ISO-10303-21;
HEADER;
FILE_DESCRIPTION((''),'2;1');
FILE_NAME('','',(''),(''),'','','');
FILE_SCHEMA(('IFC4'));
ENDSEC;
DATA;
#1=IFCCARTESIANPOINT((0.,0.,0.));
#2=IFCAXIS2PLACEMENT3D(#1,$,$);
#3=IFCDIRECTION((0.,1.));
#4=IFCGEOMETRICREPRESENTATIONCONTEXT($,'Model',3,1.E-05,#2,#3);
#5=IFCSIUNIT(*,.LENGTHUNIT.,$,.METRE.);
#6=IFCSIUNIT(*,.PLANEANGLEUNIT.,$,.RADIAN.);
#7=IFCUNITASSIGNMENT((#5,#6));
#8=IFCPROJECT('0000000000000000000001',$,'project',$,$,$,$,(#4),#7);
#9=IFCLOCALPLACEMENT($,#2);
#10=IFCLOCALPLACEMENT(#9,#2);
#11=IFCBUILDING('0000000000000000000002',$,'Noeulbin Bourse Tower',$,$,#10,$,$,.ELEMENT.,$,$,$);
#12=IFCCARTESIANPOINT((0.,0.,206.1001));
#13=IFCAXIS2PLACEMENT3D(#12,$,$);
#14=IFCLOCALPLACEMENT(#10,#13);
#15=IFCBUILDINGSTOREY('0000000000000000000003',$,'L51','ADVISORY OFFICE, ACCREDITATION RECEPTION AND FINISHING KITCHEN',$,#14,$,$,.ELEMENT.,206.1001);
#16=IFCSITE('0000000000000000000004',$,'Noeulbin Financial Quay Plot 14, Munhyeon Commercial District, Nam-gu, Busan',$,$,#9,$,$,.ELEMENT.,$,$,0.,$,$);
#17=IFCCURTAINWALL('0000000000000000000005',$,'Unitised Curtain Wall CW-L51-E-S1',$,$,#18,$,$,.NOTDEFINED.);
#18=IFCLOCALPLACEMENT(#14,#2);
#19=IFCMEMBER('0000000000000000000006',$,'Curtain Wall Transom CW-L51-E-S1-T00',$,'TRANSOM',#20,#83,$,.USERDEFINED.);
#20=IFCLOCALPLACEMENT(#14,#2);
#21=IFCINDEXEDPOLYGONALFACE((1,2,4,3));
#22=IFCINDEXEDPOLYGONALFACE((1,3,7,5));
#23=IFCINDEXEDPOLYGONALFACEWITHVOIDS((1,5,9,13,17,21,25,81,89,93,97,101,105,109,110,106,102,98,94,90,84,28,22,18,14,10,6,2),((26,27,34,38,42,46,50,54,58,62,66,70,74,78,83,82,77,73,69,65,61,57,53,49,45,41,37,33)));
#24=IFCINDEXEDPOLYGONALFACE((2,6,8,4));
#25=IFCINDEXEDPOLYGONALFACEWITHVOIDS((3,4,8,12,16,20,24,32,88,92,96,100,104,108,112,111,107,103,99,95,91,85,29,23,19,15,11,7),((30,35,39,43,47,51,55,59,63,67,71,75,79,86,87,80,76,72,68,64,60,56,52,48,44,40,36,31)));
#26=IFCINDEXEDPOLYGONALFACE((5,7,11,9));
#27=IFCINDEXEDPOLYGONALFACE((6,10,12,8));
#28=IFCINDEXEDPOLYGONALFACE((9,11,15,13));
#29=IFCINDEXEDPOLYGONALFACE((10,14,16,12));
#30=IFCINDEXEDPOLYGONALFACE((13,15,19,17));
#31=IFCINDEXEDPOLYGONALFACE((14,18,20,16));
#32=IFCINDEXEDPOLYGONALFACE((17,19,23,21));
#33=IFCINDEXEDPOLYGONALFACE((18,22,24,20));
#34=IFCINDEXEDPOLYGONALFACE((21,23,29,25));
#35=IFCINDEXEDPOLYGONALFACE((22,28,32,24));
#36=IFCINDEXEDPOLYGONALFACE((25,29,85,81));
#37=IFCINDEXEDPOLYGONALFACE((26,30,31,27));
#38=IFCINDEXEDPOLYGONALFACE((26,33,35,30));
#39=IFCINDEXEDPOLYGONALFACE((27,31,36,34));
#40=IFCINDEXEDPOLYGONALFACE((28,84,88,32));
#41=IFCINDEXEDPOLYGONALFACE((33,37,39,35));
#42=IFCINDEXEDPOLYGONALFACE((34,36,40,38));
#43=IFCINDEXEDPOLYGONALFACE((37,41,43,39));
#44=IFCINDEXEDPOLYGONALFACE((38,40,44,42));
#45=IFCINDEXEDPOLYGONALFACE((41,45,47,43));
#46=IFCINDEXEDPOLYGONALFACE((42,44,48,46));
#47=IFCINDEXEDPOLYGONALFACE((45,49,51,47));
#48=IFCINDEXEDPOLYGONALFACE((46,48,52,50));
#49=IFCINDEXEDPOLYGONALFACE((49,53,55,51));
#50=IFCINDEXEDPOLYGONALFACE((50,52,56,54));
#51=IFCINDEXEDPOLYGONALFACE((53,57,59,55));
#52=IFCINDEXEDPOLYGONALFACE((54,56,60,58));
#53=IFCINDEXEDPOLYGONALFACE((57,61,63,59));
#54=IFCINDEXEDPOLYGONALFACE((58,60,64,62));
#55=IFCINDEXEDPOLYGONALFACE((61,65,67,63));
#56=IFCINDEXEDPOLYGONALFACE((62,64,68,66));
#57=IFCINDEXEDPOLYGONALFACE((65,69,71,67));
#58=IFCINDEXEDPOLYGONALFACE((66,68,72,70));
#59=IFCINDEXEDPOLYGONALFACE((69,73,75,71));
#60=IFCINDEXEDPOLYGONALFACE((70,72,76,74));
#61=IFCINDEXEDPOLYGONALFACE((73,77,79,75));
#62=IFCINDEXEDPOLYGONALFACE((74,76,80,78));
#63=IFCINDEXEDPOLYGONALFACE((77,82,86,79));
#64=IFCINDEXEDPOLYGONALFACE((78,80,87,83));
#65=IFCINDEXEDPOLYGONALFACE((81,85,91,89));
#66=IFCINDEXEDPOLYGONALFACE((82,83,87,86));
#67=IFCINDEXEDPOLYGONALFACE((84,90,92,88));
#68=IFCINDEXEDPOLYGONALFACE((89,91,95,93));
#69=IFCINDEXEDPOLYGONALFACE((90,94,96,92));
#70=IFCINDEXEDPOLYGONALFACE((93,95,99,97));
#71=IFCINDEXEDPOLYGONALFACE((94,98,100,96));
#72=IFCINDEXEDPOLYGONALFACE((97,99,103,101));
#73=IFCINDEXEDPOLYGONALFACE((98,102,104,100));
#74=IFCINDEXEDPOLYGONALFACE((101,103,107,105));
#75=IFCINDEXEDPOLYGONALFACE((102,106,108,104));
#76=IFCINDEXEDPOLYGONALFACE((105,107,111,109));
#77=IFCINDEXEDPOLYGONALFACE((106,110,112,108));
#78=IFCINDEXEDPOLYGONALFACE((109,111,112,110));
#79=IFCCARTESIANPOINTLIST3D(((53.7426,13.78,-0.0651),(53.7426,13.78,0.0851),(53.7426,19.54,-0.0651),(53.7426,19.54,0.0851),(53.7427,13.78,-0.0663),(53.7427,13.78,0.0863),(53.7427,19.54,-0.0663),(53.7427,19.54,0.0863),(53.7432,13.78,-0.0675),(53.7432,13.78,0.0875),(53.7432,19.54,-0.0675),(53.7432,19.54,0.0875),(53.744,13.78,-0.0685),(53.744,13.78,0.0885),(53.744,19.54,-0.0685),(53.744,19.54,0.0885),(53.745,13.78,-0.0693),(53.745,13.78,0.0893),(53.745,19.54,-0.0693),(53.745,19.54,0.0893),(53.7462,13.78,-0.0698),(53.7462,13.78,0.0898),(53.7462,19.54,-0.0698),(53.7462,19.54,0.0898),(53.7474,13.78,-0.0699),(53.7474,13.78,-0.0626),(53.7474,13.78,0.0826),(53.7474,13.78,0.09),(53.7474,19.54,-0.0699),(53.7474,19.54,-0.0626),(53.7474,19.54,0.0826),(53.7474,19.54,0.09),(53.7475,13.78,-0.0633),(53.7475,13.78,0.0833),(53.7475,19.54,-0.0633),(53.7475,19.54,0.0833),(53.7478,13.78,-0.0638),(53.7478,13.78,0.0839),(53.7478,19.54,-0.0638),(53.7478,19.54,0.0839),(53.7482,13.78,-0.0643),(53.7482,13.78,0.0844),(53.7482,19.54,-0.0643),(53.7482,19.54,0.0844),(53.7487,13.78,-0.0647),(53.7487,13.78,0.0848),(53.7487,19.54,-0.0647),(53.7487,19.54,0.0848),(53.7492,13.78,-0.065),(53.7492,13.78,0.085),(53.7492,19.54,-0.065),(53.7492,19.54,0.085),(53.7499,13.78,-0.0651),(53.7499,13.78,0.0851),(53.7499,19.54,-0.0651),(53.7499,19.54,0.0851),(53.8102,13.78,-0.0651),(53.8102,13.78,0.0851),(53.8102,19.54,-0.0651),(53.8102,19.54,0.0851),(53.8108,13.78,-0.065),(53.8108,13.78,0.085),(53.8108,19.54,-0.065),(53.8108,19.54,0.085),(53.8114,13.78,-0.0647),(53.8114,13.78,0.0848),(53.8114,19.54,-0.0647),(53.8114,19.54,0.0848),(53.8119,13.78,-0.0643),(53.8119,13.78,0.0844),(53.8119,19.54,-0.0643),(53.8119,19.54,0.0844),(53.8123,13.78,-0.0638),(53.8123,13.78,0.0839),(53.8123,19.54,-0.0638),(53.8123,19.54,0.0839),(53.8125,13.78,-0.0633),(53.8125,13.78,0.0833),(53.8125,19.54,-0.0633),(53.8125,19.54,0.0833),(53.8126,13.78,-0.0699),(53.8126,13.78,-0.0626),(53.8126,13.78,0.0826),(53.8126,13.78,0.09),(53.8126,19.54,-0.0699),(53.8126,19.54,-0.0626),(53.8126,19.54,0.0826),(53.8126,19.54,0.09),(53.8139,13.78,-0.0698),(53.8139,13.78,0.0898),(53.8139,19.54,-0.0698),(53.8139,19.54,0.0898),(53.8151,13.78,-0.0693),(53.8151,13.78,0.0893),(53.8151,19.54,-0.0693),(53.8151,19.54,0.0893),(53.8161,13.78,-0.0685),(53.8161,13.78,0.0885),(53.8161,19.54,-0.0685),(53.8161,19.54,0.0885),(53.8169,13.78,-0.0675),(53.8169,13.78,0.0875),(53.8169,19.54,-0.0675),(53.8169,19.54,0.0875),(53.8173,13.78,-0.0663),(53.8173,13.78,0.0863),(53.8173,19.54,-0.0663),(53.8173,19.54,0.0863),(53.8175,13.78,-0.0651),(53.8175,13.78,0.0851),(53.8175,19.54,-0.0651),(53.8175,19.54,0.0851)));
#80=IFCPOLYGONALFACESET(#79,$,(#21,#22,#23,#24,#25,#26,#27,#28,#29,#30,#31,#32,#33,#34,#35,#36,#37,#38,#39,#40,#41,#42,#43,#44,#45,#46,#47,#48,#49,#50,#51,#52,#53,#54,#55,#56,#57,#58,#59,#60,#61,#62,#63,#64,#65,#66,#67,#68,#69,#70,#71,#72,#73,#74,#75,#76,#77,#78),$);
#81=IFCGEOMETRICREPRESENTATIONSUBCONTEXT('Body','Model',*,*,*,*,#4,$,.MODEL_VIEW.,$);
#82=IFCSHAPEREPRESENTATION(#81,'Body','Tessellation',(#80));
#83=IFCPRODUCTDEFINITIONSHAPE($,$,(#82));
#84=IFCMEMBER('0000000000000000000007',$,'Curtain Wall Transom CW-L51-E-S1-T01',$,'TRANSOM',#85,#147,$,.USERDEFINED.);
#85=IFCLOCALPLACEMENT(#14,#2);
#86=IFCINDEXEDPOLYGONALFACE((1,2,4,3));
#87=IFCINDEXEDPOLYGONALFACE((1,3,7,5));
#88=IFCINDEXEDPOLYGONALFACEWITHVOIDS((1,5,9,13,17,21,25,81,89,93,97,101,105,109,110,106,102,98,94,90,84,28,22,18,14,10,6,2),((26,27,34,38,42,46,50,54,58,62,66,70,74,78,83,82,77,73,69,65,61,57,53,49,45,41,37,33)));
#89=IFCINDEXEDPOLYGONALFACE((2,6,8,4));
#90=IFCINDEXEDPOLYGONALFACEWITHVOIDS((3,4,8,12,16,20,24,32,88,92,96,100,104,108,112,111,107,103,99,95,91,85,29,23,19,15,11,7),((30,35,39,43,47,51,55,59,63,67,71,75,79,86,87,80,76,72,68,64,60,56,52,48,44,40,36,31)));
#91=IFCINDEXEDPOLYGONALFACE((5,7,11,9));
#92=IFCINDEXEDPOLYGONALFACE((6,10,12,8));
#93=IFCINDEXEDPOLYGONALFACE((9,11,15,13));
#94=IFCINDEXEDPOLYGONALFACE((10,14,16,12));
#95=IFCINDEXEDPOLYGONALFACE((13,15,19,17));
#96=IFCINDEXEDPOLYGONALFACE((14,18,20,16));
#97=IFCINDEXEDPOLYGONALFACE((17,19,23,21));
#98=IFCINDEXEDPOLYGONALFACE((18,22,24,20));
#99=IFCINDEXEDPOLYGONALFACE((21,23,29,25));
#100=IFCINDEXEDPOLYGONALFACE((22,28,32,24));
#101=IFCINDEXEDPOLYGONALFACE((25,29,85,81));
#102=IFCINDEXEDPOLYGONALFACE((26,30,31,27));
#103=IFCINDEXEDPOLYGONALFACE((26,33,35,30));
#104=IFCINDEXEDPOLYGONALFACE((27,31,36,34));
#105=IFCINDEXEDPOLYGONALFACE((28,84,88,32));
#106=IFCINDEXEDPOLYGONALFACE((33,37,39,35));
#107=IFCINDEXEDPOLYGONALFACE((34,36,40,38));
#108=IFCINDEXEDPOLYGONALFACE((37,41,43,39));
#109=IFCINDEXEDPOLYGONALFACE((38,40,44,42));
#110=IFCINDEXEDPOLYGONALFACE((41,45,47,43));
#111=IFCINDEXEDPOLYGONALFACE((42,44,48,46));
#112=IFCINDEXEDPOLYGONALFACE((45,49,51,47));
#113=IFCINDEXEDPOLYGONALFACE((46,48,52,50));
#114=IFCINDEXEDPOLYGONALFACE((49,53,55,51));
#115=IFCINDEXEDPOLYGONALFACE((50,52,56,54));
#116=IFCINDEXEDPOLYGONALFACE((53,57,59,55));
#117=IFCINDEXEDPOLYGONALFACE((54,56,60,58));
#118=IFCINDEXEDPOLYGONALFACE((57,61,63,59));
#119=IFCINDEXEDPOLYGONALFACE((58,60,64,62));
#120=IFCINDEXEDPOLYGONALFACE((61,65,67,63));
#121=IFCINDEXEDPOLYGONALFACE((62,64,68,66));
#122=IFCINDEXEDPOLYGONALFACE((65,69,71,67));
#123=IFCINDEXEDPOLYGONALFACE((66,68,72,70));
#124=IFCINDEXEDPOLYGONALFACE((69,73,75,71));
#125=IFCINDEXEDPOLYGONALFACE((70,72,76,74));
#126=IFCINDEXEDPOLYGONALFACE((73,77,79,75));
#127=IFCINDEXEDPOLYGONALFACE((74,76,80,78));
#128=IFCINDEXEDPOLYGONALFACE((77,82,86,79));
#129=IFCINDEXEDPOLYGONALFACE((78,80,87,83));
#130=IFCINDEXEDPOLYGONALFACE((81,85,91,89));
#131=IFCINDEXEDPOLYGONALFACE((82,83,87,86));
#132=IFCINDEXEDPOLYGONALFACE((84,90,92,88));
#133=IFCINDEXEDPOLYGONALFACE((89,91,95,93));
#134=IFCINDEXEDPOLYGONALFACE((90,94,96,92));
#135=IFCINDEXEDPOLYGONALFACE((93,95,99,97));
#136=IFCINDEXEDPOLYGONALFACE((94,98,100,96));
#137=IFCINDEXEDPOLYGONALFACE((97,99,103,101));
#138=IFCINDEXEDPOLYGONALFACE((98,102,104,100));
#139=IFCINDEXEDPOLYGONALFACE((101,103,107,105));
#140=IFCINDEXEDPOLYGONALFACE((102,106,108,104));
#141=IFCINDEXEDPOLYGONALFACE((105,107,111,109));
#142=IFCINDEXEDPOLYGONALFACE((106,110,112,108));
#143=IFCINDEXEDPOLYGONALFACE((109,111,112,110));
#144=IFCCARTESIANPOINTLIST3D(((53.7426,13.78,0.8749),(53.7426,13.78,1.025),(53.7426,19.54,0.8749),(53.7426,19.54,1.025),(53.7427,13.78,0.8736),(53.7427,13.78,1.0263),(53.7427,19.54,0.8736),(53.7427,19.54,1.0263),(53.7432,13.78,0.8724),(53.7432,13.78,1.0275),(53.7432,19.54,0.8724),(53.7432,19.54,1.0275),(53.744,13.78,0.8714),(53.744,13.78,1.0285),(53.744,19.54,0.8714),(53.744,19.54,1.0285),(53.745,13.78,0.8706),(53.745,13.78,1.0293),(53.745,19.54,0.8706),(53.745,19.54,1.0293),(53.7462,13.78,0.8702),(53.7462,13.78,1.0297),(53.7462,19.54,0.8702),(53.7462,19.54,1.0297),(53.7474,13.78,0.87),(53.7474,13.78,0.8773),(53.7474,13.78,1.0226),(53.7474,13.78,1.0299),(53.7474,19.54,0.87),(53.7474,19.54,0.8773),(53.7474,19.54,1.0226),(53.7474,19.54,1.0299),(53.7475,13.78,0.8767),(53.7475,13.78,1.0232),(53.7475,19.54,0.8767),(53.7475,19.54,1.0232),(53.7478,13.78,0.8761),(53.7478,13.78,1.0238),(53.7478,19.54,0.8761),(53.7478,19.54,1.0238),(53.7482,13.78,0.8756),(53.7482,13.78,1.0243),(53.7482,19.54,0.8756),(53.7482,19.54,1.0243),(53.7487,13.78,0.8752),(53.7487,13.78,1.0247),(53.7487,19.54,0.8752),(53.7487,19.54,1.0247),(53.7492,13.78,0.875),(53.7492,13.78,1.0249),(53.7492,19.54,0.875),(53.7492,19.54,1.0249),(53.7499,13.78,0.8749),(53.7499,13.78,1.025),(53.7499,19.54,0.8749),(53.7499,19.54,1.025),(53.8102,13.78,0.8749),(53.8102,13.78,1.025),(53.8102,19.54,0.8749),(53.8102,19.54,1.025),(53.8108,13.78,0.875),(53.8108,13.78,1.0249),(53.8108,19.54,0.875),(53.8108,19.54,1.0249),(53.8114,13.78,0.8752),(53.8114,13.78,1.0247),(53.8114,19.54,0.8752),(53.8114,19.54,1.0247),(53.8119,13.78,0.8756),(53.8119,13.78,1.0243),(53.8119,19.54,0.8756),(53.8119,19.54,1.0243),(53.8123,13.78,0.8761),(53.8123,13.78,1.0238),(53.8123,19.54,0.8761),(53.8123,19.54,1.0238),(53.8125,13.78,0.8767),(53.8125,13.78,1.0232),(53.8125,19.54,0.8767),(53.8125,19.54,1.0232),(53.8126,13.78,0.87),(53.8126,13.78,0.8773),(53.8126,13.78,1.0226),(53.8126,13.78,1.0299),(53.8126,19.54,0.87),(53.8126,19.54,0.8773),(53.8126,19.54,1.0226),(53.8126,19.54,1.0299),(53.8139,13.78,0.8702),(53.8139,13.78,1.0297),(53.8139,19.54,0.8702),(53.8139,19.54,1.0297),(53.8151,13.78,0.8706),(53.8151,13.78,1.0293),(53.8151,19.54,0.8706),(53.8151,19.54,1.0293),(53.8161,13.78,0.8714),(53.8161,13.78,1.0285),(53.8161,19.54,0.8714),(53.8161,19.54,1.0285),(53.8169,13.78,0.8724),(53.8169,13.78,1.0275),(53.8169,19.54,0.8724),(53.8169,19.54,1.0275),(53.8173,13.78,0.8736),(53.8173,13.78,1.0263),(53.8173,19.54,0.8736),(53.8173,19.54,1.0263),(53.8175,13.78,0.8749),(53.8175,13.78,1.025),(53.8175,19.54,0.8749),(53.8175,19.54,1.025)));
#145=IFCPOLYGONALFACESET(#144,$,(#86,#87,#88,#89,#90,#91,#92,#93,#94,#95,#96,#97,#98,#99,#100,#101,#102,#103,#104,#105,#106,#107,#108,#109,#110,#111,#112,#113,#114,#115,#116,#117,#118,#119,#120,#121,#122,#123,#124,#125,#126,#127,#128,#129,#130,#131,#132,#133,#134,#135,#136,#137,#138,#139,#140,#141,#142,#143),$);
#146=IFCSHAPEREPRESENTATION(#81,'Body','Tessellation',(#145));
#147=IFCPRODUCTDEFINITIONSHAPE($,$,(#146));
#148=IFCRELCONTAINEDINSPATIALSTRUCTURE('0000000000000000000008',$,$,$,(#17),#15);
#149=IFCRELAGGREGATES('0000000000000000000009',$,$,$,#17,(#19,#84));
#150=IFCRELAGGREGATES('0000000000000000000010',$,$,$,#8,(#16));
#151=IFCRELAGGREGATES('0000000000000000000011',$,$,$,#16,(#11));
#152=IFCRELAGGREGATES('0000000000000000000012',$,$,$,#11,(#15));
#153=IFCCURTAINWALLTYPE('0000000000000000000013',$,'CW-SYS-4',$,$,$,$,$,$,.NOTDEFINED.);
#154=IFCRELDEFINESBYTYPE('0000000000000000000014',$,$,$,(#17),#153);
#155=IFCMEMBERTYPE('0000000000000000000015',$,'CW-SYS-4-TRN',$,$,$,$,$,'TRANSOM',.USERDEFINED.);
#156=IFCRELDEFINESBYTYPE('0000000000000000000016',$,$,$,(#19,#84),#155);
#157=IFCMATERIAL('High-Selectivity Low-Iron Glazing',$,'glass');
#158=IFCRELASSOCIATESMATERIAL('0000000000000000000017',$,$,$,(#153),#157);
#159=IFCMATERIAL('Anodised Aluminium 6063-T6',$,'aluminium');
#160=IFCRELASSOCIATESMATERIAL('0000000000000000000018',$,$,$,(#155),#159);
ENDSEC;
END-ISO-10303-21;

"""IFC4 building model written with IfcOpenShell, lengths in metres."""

from ifc_helpers import new_model, si_unit, direction, frame, origin, origin_2d, place, context, subcontext, project, spatial, hollow_rectangle, extrude, material, material_profile, profile_set, type_object, element, aggregate, save


model = new_model("IFC4")

# Units and contexts
model_context = context("Model", 3, precision=1e-05, world=origin(), true_north=direction((0.0, 1.0)))
body_context = subcontext(model_context, "Body", "Model", "MODEL_VIEW")
ifc_project = project(units=[si_unit("LENGTHUNIT", "METRE"), si_unit("PLANEANGLEUNIT", "RADIAN")], contexts=[model_context])

# Site, building, storey
site_placement = place(None, origin())
site = spatial("IfcSite", under=ifc_project, at=site_placement, Name="Noeulbin Financial Quay Plot 14, Munhyeon Commercial District, Nam-gu, Busan", CompositionType="ELEMENT", RefElevation=0.0)
building_placement = place(site_placement, origin())
building = spatial("IfcBuilding", under=site, at=building_placement, Name="Noeulbin Bourse Tower", CompositionType="ELEMENT")
storey_placement = place(building_placement, frame((0.0, 0.0, 206.1001)))
storey = spatial("IfcBuildingStorey", under=building, at=storey_placement, Name="L51", Description="ADVISORY OFFICE, ACCREDITATION RECEPTION AND FINISHING KITCHEN", CompositionType="ELEMENT", Elevation=206.1001)

# Curtain wall
ifc_material_1 = material(Name="High-Selectivity Low-Iron Glazing", Category="glass")
curtain_wall_type = type_object("IfcCurtainWallType", Name="CW-SYS-4", PredefinedType="NOTDEFINED", material=ifc_material_1)
ifc_material_2 = material(Name="Anodised Aluminium 6063-T6", Category="aluminium")
curtain_wall_1_placement = place(storey_placement, origin())
curtain_wall_1 = element("IfcCurtainWall", 1, at=curtain_wall_1_placement, inside=storey, type_object=curtain_wall_type, Name="Unitised Curtain Wall CW-L51-E-S1", PredefinedType="NOTDEFINED")

# Members
ifc_material_profile_1 = material_profile(ifc_material_2, hollow_rectangle(XDim=0.075, YDim=0.1599, WallThickness=0.0049, InnerFilletRadius=0.0024, OuterFilletRadius=0.0049, at=origin_2d()), Name="ALU-TRAN-75x160x5", Category="LoadBearing")
ifc_profile_set_1 = profile_set([ifc_material_profile_1], Name="Anodised Aluminium 6063-T6")
member_type_1 = type_object("IfcMemberType", Name="CW-SYS-4-TRN", ElementType="TRANSOM", PredefinedType="USERDEFINED", material=ifc_profile_set_1)
member_1_placement = place(storey_placement, frame((53.78, 13.78, 0.01), z_axis=(0.0, 1.0, 0.0), x_axis=(-1.0, 0.0, 0.0)))
member_1 = element("IfcMember", 2, at=member_1_placement, type_object=member_type_1, Name="Curtain Wall Transom CW-L51-E-S1-T00", ObjectType="TRANSOM", PredefinedType="USERDEFINED", context=body_context, shape_type="SweptSolid", body=[
    extrude(hollow_rectangle(XDim=0.075, YDim=0.1599, WallThickness=0.0049, InnerFilletRadius=0.0024, OuterFilletRadius=0.0049, at=origin_2d()), origin(), (0.0, 0.0, 1.0), 5.76),
])
member_2_placement = place(storey_placement, frame((53.78, 13.78, 0.95), z_axis=(0.0, 1.0, 0.0), x_axis=(-1.0, 0.0, 0.0)))
member_2 = element("IfcMember", 3, at=member_2_placement, type_object=member_type_1, Name="Curtain Wall Transom CW-L51-E-S1-T01", ObjectType="TRANSOM", PredefinedType="USERDEFINED", context=body_context, shape_type="SweptSolid", body=[
    extrude(hollow_rectangle(XDim=0.075, YDim=0.1599, WallThickness=0.0049, InnerFilletRadius=0.0024, OuterFilletRadius=0.0049, at=origin_2d()), origin(), (0.0, 0.0, 1.0), 5.76),
])

aggregate(curtain_wall_1, [member_1, member_2])

save(model, "model.ifc")
